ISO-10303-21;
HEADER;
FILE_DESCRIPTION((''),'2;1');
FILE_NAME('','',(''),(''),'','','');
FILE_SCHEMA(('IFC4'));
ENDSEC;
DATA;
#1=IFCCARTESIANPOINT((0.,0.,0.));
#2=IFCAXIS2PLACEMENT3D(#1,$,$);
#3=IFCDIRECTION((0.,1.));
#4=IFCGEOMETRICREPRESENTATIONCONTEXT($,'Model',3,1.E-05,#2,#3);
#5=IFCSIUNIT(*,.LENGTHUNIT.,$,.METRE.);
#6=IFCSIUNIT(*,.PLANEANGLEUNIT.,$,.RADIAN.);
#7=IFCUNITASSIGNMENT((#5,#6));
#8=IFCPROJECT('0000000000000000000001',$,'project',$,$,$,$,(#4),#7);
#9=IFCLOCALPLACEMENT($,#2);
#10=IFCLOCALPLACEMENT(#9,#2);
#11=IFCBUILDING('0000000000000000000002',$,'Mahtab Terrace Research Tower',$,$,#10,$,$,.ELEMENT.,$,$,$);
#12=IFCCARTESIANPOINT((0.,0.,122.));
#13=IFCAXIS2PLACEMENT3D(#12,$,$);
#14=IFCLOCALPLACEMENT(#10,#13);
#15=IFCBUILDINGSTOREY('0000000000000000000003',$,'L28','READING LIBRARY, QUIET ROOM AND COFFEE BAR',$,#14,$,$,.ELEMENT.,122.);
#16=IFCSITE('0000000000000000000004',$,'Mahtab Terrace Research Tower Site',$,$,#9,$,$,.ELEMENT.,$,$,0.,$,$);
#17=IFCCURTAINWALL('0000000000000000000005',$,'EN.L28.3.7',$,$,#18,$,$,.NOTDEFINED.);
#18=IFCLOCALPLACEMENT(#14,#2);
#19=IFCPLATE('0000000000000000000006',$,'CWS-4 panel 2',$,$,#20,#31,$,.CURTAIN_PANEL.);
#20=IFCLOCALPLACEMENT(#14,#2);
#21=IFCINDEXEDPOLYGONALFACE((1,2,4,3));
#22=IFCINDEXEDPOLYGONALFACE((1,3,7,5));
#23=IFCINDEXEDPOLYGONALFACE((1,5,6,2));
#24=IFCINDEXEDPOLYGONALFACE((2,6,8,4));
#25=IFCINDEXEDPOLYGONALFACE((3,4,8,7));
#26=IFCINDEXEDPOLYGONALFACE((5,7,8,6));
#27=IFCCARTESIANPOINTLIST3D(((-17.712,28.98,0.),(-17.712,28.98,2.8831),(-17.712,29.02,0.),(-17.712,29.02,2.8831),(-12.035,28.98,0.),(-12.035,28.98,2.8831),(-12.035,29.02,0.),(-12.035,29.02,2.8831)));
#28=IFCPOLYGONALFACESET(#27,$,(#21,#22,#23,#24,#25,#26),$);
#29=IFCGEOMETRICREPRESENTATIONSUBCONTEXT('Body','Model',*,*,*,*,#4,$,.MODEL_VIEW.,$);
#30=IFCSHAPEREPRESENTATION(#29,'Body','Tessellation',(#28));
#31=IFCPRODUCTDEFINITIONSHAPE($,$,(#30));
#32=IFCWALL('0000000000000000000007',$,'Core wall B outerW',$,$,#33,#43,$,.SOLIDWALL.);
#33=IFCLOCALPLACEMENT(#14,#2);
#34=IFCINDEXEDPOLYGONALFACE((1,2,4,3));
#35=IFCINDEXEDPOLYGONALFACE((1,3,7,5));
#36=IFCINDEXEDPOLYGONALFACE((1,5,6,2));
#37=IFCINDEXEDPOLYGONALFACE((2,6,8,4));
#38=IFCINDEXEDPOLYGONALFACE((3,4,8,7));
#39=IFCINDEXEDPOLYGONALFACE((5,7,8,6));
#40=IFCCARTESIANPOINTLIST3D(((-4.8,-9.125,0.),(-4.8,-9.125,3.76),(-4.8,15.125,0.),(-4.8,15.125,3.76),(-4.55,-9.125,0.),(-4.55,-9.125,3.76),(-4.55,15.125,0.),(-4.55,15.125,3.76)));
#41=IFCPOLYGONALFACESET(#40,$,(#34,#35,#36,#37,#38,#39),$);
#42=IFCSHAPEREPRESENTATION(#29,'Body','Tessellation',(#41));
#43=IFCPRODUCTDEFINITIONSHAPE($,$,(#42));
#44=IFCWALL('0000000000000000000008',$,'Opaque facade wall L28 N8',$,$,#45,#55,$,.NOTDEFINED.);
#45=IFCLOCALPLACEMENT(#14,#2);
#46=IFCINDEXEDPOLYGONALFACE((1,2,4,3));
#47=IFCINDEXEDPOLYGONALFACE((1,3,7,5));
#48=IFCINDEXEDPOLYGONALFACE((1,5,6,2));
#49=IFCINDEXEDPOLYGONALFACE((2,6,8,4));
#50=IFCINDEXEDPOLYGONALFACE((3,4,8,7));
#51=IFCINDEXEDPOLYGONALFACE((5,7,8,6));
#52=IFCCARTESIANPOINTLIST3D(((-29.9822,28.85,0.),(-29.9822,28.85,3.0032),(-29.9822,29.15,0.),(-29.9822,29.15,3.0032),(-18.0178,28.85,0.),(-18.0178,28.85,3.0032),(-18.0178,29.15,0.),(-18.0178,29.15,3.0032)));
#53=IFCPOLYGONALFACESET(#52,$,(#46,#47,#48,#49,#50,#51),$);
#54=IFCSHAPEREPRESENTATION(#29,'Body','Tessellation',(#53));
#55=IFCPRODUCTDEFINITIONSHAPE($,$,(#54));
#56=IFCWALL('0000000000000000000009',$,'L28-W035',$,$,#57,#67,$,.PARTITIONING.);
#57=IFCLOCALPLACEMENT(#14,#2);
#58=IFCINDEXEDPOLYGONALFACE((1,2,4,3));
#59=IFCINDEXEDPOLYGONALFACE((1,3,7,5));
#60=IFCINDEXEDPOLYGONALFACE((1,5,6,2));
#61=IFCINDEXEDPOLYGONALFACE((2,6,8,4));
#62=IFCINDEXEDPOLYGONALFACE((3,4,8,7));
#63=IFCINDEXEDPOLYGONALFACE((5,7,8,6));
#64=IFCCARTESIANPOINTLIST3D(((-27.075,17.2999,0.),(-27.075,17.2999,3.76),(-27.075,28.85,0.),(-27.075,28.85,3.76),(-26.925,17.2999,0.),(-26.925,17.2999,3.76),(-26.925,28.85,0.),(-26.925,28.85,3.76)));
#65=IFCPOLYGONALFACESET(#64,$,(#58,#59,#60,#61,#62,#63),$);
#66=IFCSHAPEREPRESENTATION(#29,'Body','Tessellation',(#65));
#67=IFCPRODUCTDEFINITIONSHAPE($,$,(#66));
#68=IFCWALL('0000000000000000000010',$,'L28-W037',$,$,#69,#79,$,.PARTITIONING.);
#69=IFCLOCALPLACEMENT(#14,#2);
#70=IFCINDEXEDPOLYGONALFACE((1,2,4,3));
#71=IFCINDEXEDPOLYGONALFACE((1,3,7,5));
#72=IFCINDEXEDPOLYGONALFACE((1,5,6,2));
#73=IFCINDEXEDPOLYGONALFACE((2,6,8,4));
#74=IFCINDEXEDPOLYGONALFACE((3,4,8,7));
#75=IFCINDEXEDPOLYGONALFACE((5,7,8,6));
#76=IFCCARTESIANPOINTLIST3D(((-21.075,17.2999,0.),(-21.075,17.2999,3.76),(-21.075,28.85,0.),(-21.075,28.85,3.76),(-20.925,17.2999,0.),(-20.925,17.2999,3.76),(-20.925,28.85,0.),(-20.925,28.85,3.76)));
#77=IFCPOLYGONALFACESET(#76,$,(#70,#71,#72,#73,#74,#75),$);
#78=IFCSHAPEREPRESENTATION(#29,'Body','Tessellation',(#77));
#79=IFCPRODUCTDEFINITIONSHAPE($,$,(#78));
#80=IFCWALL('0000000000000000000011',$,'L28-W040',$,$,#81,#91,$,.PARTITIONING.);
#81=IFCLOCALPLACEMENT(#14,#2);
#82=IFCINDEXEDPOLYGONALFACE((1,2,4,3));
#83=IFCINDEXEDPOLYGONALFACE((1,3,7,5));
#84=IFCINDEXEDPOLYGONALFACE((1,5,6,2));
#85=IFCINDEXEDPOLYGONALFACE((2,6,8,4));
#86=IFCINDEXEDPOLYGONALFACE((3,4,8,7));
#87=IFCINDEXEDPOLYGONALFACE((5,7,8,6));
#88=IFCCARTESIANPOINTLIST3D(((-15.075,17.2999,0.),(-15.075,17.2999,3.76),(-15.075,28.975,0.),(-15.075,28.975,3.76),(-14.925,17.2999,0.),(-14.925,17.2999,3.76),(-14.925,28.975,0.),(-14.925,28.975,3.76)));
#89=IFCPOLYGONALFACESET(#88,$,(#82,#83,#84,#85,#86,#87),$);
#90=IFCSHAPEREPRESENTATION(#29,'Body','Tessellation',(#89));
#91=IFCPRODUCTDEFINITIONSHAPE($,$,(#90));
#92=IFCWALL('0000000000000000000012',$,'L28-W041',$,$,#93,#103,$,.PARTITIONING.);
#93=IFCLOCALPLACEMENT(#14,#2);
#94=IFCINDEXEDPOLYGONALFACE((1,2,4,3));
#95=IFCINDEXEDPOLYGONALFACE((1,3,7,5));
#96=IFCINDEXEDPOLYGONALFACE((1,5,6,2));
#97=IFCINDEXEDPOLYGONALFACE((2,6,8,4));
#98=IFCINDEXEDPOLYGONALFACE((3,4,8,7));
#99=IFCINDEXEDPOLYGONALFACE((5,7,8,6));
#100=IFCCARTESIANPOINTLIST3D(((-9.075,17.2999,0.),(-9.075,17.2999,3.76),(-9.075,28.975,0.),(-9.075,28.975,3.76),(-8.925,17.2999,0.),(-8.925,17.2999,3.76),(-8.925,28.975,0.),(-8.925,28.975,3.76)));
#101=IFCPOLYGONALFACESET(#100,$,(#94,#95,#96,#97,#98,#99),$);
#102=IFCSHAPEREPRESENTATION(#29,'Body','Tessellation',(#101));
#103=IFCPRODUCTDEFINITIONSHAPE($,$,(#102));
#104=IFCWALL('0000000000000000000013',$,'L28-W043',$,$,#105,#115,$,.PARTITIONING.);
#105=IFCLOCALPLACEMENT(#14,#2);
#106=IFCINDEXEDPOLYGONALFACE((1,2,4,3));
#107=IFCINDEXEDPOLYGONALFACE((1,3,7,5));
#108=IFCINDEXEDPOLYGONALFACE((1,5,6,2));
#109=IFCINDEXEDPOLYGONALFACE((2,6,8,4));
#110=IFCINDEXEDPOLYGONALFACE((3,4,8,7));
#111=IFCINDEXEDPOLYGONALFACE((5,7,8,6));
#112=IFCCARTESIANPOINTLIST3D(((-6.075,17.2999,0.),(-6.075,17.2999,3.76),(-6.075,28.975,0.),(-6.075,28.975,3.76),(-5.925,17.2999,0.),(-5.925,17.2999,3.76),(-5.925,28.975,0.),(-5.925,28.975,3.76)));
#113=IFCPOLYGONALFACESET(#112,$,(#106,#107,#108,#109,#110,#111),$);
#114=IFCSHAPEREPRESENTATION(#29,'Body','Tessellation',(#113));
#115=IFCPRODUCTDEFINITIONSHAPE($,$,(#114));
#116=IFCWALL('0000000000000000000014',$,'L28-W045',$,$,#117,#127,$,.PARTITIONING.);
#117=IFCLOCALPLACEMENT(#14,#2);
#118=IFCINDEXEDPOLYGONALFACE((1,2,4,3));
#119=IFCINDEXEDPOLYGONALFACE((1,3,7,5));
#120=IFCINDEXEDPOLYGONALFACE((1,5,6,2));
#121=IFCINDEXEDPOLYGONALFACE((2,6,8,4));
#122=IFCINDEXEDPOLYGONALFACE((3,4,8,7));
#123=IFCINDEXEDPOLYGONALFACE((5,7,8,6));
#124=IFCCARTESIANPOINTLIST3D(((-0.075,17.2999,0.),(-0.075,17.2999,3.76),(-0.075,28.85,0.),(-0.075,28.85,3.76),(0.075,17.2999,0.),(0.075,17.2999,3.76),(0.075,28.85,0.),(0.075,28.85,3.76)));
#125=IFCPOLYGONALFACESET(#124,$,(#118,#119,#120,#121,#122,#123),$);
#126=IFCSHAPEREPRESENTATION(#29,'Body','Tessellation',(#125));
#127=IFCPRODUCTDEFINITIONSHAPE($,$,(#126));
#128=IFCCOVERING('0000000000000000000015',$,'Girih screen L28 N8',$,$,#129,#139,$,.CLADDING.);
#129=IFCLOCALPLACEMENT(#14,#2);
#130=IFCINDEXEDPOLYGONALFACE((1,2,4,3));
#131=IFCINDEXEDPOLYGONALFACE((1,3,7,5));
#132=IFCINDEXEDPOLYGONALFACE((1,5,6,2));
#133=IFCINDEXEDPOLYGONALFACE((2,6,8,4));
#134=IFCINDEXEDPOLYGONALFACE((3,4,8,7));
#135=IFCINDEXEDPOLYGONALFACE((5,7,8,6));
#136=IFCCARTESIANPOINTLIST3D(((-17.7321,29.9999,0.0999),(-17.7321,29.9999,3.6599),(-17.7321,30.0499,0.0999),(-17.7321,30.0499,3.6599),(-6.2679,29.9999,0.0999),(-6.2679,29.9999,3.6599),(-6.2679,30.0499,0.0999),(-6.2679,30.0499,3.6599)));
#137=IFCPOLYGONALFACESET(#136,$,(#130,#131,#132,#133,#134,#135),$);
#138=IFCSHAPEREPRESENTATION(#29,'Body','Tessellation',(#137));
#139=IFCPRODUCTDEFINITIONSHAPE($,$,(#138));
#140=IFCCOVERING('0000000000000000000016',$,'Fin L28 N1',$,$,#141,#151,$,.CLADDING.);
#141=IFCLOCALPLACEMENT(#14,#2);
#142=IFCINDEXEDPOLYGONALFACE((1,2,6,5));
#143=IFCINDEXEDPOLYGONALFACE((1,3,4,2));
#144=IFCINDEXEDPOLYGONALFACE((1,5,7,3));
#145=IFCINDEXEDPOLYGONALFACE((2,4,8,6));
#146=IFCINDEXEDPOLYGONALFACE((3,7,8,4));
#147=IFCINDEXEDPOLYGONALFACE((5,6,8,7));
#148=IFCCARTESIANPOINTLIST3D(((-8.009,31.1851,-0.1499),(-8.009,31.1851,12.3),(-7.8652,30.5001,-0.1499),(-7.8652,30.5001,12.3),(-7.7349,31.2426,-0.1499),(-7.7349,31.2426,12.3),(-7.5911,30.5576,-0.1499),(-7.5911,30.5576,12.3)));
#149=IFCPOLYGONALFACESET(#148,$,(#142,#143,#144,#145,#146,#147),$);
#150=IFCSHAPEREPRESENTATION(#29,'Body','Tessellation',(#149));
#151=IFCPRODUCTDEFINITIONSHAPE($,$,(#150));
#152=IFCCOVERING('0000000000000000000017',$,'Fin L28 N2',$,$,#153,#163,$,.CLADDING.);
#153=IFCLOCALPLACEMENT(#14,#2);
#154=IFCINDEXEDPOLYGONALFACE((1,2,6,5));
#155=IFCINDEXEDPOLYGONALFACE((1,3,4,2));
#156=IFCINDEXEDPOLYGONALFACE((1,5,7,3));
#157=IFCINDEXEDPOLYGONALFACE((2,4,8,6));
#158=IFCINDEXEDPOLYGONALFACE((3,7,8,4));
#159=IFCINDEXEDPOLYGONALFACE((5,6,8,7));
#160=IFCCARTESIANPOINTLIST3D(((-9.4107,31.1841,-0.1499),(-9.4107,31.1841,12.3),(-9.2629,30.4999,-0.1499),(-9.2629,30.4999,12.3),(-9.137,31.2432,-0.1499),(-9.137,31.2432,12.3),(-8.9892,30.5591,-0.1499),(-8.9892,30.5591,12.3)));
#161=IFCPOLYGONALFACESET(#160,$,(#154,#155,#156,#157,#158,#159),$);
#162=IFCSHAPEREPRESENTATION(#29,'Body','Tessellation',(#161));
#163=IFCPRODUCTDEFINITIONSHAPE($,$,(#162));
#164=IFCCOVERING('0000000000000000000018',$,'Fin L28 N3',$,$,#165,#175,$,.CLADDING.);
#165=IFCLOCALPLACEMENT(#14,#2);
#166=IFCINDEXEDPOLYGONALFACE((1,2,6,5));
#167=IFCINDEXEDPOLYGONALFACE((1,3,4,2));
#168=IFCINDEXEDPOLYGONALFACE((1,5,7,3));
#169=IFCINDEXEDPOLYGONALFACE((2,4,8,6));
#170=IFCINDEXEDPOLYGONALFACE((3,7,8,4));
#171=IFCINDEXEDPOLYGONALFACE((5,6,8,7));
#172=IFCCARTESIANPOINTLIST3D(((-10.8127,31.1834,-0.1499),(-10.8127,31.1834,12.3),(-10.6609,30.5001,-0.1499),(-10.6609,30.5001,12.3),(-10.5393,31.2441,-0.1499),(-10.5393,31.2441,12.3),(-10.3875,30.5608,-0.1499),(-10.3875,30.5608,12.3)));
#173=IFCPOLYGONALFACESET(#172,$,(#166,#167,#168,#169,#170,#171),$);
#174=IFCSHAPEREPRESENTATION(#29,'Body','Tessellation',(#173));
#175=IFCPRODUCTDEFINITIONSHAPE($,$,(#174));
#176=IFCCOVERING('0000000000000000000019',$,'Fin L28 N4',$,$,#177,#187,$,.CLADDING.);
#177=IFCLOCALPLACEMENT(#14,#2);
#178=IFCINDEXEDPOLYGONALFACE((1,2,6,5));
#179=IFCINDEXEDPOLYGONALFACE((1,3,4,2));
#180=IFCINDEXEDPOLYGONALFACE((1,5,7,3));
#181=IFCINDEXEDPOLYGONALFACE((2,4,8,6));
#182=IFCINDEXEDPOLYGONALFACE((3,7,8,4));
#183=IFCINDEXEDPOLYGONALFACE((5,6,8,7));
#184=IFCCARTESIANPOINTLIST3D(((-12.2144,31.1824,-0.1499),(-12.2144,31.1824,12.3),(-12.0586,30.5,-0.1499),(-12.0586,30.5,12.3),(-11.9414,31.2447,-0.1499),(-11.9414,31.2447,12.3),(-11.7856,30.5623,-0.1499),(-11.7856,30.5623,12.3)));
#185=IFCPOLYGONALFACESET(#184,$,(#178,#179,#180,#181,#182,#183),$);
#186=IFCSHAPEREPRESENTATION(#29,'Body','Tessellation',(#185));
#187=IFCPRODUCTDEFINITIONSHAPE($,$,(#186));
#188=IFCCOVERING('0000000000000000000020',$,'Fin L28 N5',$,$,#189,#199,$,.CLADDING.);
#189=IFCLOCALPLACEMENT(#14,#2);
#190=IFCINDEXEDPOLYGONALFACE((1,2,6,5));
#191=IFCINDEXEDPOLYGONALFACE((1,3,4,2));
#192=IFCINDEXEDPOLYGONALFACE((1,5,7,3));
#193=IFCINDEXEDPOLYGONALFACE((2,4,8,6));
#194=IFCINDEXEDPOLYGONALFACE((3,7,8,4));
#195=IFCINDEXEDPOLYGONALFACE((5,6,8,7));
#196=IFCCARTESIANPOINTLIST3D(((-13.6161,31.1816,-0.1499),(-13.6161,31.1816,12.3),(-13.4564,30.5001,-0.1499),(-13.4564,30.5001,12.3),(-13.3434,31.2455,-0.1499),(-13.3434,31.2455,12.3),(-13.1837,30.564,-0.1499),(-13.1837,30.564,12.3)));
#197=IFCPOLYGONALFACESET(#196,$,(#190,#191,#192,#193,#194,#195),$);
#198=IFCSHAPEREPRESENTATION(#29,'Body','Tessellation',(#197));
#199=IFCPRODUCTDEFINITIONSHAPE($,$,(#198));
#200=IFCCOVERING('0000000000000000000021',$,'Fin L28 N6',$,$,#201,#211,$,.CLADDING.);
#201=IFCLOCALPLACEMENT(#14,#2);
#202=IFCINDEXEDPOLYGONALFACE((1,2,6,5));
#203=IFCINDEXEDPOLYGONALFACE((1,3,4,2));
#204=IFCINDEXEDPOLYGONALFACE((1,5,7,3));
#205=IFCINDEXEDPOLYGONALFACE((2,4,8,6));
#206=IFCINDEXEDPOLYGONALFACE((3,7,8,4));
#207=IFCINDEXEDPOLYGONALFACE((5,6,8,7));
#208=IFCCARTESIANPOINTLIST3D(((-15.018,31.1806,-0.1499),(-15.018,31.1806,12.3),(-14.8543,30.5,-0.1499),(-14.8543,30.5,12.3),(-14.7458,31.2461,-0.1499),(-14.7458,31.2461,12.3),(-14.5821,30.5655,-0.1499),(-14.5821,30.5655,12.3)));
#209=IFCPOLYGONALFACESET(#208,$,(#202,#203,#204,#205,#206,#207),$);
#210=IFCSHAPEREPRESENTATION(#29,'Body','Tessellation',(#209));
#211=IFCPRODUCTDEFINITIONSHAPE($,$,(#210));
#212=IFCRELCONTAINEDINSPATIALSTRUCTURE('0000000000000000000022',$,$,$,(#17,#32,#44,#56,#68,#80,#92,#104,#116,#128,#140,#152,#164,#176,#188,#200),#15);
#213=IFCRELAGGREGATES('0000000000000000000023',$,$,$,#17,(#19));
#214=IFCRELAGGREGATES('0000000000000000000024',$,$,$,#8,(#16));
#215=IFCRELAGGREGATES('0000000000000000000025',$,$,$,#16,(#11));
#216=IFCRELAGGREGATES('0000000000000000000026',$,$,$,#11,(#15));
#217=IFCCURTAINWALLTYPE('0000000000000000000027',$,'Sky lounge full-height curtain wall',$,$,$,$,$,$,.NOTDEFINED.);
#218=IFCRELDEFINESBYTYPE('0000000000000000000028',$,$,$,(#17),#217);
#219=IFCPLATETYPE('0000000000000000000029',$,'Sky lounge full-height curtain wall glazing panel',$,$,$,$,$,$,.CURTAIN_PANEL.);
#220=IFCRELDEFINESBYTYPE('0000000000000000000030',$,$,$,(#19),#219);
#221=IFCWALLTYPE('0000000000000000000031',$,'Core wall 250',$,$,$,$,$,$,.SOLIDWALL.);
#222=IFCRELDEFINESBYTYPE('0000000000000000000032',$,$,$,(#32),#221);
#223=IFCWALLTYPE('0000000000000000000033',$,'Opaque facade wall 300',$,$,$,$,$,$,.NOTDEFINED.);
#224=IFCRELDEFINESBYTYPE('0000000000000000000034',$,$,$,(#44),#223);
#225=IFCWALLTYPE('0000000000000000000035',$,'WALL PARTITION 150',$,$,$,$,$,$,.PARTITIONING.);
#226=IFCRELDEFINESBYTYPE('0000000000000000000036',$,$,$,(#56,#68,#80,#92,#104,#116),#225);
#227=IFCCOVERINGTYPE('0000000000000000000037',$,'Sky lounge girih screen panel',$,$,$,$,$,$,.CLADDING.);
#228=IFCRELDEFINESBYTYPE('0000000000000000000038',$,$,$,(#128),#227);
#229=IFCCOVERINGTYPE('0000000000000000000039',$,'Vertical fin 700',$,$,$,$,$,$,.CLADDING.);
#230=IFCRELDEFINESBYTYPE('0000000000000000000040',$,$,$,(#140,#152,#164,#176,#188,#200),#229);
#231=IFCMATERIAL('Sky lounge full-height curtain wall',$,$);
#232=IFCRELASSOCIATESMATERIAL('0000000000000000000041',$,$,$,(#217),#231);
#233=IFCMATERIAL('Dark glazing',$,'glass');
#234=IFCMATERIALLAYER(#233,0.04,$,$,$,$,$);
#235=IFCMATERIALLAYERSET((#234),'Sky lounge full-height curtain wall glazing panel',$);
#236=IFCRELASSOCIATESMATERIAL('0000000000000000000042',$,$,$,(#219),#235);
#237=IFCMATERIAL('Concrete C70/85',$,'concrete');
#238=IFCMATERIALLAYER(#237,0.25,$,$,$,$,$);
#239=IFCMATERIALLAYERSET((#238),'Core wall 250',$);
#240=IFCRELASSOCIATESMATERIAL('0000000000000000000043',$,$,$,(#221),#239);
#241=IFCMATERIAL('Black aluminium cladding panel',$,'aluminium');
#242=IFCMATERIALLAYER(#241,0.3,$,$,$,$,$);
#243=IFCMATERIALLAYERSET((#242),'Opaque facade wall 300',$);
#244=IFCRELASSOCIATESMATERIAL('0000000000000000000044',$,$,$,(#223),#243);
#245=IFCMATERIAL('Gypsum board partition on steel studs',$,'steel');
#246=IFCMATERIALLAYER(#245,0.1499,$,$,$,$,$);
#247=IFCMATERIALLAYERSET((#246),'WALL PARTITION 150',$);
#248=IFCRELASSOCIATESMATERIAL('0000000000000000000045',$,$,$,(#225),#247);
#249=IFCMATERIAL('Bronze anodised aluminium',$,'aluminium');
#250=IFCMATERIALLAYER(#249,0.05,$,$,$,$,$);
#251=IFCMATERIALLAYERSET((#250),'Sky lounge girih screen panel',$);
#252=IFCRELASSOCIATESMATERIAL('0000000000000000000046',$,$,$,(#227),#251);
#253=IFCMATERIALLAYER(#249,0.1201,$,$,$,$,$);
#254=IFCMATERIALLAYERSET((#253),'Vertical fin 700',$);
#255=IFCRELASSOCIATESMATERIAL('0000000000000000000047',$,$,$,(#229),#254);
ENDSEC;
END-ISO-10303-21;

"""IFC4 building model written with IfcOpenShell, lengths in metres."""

from ifc_helpers import new_model, si_unit, direction, frame, frame_2d, origin, origin_2d, place, context, subcontext, project, spatial, rectangle, extrude, material, layer, layer_set, type_object, element, aggregate, save


model = new_model("IFC4")

# Units and contexts
model_context = context("Model", 3, precision=1e-05, world=origin(), true_north=direction((0.0, 1.0)))
body_context = subcontext(model_context, "Body", "Model", "MODEL_VIEW")
ifc_project = project(units=[si_unit("LENGTHUNIT", "METRE"), si_unit("PLANEANGLEUNIT", "RADIAN")], contexts=[model_context])

# Site, building, storey
site_placement = place(None, origin())
site = spatial("IfcSite", under=ifc_project, at=site_placement, Name="Mahtab Terrace Research Tower Site", CompositionType="ELEMENT", RefElevation=0.0)
building_placement = place(site_placement, origin())
building = spatial("IfcBuilding", under=site, at=building_placement, Name="Mahtab Terrace Research Tower", CompositionType="ELEMENT")
storey_placement = place(building_placement, frame((0.0, 0.0, 122.0)))
storey = spatial("IfcBuildingStorey", under=building, at=storey_placement, Name="L28", Description="READING LIBRARY, QUIET ROOM AND COFFEE BAR", CompositionType="ELEMENT", Elevation=122.0)

# Curtain wall, plate
ifc_material_1 = material(Name="Sky lounge full-height curtain wall")
curtain_wall_type = type_object("IfcCurtainWallType", Name="Sky lounge full-height curtain wall", PredefinedType="NOTDEFINED", material=ifc_material_1)
curtain_wall_placement = place(storey_placement, origin())
curtain_wall = element("IfcCurtainWall", 1, at=curtain_wall_placement, inside=storey, type_object=curtain_wall_type, Name="EN.L28.3.7", PredefinedType="NOTDEFINED")
ifc_material_2 = material(Name="Dark glazing", Category="glass")
ifc_layer_1 = layer(ifc_material_2, 0.04)
ifc_layer_set_1 = layer_set([ifc_layer_1], Name="Sky lounge full-height curtain wall glazing panel")
plate_type = type_object("IfcPlateType", Name="Sky lounge full-height curtain wall glazing panel", PredefinedType="CURTAIN_PANEL", material=ifc_layer_set_1)
plate_1_placement = place(storey_placement, frame((-14.8735, 29.0, 0.0), z_axis=(0.0, 0.0, 1.0), x_axis=(-1.0, 0.0, 0.0)))
plate_1 = element("IfcPlate", 2, at=plate_1_placement, type_object=plate_type, Name="CWS-4 panel 2", PredefinedType="CURTAIN_PANEL", context=body_context, shape_type="SweptSolid", body=[
    extrude(rectangle(XDim=5.677, YDim=0.04, at=origin_2d()), origin(), (0.0, 0.0, 1.0), 2.8831),
])
aggregate(curtain_wall, [plate_1])

# Walls
ifc_material_3 = material(Name="Concrete C70/85", Category="concrete")
ifc_layer_2 = layer(ifc_material_3, 0.25)
ifc_layer_set_2 = layer_set([ifc_layer_2], Name="Core wall 250")
wall_type_1 = type_object("IfcWallType", Name="Core wall 250", PredefinedType="SOLIDWALL", material=ifc_layer_set_2)
wall_1_placement = place(storey_placement, frame((-4.675, 15.125, 0.0), z_axis=(0.0, 0.0, 1.0), x_axis=(0.0, -1.0, 0.0)))
element("IfcWall", 3, at=wall_1_placement, inside=storey, type_object=wall_type_1, Name="Core wall B outerW", PredefinedType="SOLIDWALL", context=body_context, shape_type="SweptSolid", body=[
    extrude(rectangle(XDim=24.25, YDim=0.25, at=frame_2d((12.125, 0.0))), origin(), (0.0, 0.0, 1.0), 3.76),
])
ifc_material_4 = material(Name="Black aluminium cladding panel", Category="aluminium")
ifc_layer_3 = layer(ifc_material_4, 0.3)
ifc_layer_set_3 = layer_set([ifc_layer_3], Name="Opaque facade wall 300")
wall_type_2 = type_object("IfcWallType", Name="Opaque facade wall 300", PredefinedType="NOTDEFINED", material=ifc_layer_set_3)
wall_2_placement = place(storey_placement, frame((-18.0178, 29.0, 0.0), z_axis=(0.0, 0.0, 1.0), x_axis=(-1.0, 0.0, 0.0)))
element("IfcWall", 4, at=wall_2_placement, inside=storey, type_object=wall_type_2, Name="Opaque facade wall L28 N8", PredefinedType="NOTDEFINED", context=body_context, shape_type="SweptSolid", body=[
    extrude(rectangle(XDim=11.9644, YDim=0.3, at=frame_2d((5.9822, 0.0))), origin(), (0.0, 0.0, 1.0), 3.0032),
])
ifc_material_5 = material(Name="Gypsum board partition on steel studs", Category="steel")
ifc_layer_4 = layer(ifc_material_5, 0.1499)
ifc_layer_set_4 = layer_set([ifc_layer_4], Name="WALL PARTITION 150")
wall_type_3 = type_object("IfcWallType", Name="WALL PARTITION 150", PredefinedType="PARTITIONING", material=ifc_layer_set_4)
for number, where, z_axis, x_axis, name in (
    (5, (-27.0, 17.3, 0.0), (0.0, 0.0, 1.0), (0.0, 1.0, 0.0), "L28-W035"),
    (6, (-21.0, 17.3, 0.0), (0.0, 0.0, 1.0), (0.0, 1.0, 0.0), "L28-W037"),
):
    element("IfcWall", number, at=place(storey_placement, frame(where, z_axis=z_axis, x_axis=x_axis)), inside=storey, type_object=wall_type_3, Name=name, PredefinedType="PARTITIONING", context=body_context, shape_type="SweptSolid", body=[
        extrude(rectangle(XDim=11.55, YDim=0.1499, at=frame_2d((5.7749, 0.0))), origin(), (0.0, 0.0, 1.0), 3.76),
    ])
for number, where, z_axis, x_axis, name in (
    (7, (-15.0, 17.3, 0.0), (0.0, 0.0, 1.0), (0.0, 1.0, 0.0), "L28-W040"),
    (8, (-9.0, 17.3, 0.0), (0.0, 0.0, 1.0), (0.0, 1.0, 0.0), "L28-W041"),
    (9, (-6.0, 17.3, 0.0), (0.0, 0.0, 1.0), (0.0, 1.0, 0.0), "L28-W043"),
):
    element("IfcWall", number, at=place(storey_placement, frame(where, z_axis=z_axis, x_axis=x_axis)), inside=storey, type_object=wall_type_3, Name=name, PredefinedType="PARTITIONING", context=body_context, shape_type="SweptSolid", body=[
        extrude(rectangle(XDim=11.675, YDim=0.1499, at=frame_2d((5.8374, 0.0))), origin(), (0.0, 0.0, 1.0), 3.76),
    ])
wall_3_placement = place(storey_placement, frame((0.0, 17.3, 0.0), z_axis=(0.0, 0.0, 1.0), x_axis=(0.0, 1.0, 0.0)))
element("IfcWall", 10, at=wall_3_placement, inside=storey, type_object=wall_type_3, Name="L28-W045", PredefinedType="PARTITIONING", context=body_context, shape_type="SweptSolid", body=[
    extrude(rectangle(XDim=11.55, YDim=0.1499, at=frame_2d((5.7749, 0.0))), origin(), (0.0, 0.0, 1.0), 3.76),
])

# Coverings
ifc_material_6 = material(Name="Bronze anodised aluminium", Category="aluminium")
ifc_layer_5 = layer(ifc_material_6, 0.05)
ifc_layer_set_5 = layer_set([ifc_layer_5], Name="Sky lounge girih screen panel")
covering_type_1 = type_object("IfcCoveringType", Name="Sky lounge girih screen panel", PredefinedType="CLADDING", material=ifc_layer_set_5)
covering_placement = place(storey_placement, frame((-12.0, 30.0249, 0.0999), z_axis=(0.0, 0.0, 1.0), x_axis=(-1.0, 0.0, 0.0)))
element("IfcCovering", 11, at=covering_placement, inside=storey, type_object=covering_type_1, Name="Girih screen L28 N8", PredefinedType="CLADDING", context=body_context, shape_type="SweptSolid", body=[
    extrude(rectangle(XDim=11.4641, YDim=0.05, at=origin_2d()), origin(), (0.0, 0.0, 1.0), 3.5601),
])
ifc_layer_6 = layer(ifc_material_6, 0.1201)
ifc_layer_set_6 = layer_set([ifc_layer_6], Name="Vertical fin 700")
covering_type_2 = type_object("IfcCoveringType", Name="Vertical fin 700", PredefinedType="CLADDING", material=ifc_layer_set_6)
for number, where, z_axis, x_axis, name in (
    (12, (-7.8, 30.8713, -0.1499), (0.0, 0.0, 1.0), (-0.978663, -0.205472, 0.0), "Fin L28 N1"),
    (13, (-9.2, 30.8716, -0.1499), (0.0, 0.0, 1.0), (-0.977451, -0.211162, 0.0), "Fin L28 N2"),
    (14, (-10.6001, 30.8721, -0.1499), (0.0, 0.0, 1.0), (-0.976206, -0.216845, 0.0), "Fin L28 N3"),
    (15, (-12.0, 30.8723, -0.1499), (0.0, 0.0, 1.0), (-0.974928, -0.222521, 0.0), "Fin L28 N4"),
    (16, (-13.3999, 30.8728, -0.1499), (0.0, 0.0, 1.0), (-0.973617, -0.228189, 0.0), "Fin L28 N5"),
    (17, (-14.8, 30.873, -0.1499), (0.0, 0.0, 1.0), (-0.972273, -0.233849, 0.0), "Fin L28 N6"),
):
    element("IfcCovering", number, at=place(storey_placement, frame(where, z_axis=z_axis, x_axis=x_axis)), inside=storey, type_object=covering_type_2, Name=name, PredefinedType="CLADDING", context=body_context, shape_type="SweptSolid", body=[
        extrude(rectangle(XDim=0.28, YDim=0.7, at=origin_2d()), origin(), (0.0, 0.0, 1.0), 12.45),
    ])

save(model, "model.ifc")
